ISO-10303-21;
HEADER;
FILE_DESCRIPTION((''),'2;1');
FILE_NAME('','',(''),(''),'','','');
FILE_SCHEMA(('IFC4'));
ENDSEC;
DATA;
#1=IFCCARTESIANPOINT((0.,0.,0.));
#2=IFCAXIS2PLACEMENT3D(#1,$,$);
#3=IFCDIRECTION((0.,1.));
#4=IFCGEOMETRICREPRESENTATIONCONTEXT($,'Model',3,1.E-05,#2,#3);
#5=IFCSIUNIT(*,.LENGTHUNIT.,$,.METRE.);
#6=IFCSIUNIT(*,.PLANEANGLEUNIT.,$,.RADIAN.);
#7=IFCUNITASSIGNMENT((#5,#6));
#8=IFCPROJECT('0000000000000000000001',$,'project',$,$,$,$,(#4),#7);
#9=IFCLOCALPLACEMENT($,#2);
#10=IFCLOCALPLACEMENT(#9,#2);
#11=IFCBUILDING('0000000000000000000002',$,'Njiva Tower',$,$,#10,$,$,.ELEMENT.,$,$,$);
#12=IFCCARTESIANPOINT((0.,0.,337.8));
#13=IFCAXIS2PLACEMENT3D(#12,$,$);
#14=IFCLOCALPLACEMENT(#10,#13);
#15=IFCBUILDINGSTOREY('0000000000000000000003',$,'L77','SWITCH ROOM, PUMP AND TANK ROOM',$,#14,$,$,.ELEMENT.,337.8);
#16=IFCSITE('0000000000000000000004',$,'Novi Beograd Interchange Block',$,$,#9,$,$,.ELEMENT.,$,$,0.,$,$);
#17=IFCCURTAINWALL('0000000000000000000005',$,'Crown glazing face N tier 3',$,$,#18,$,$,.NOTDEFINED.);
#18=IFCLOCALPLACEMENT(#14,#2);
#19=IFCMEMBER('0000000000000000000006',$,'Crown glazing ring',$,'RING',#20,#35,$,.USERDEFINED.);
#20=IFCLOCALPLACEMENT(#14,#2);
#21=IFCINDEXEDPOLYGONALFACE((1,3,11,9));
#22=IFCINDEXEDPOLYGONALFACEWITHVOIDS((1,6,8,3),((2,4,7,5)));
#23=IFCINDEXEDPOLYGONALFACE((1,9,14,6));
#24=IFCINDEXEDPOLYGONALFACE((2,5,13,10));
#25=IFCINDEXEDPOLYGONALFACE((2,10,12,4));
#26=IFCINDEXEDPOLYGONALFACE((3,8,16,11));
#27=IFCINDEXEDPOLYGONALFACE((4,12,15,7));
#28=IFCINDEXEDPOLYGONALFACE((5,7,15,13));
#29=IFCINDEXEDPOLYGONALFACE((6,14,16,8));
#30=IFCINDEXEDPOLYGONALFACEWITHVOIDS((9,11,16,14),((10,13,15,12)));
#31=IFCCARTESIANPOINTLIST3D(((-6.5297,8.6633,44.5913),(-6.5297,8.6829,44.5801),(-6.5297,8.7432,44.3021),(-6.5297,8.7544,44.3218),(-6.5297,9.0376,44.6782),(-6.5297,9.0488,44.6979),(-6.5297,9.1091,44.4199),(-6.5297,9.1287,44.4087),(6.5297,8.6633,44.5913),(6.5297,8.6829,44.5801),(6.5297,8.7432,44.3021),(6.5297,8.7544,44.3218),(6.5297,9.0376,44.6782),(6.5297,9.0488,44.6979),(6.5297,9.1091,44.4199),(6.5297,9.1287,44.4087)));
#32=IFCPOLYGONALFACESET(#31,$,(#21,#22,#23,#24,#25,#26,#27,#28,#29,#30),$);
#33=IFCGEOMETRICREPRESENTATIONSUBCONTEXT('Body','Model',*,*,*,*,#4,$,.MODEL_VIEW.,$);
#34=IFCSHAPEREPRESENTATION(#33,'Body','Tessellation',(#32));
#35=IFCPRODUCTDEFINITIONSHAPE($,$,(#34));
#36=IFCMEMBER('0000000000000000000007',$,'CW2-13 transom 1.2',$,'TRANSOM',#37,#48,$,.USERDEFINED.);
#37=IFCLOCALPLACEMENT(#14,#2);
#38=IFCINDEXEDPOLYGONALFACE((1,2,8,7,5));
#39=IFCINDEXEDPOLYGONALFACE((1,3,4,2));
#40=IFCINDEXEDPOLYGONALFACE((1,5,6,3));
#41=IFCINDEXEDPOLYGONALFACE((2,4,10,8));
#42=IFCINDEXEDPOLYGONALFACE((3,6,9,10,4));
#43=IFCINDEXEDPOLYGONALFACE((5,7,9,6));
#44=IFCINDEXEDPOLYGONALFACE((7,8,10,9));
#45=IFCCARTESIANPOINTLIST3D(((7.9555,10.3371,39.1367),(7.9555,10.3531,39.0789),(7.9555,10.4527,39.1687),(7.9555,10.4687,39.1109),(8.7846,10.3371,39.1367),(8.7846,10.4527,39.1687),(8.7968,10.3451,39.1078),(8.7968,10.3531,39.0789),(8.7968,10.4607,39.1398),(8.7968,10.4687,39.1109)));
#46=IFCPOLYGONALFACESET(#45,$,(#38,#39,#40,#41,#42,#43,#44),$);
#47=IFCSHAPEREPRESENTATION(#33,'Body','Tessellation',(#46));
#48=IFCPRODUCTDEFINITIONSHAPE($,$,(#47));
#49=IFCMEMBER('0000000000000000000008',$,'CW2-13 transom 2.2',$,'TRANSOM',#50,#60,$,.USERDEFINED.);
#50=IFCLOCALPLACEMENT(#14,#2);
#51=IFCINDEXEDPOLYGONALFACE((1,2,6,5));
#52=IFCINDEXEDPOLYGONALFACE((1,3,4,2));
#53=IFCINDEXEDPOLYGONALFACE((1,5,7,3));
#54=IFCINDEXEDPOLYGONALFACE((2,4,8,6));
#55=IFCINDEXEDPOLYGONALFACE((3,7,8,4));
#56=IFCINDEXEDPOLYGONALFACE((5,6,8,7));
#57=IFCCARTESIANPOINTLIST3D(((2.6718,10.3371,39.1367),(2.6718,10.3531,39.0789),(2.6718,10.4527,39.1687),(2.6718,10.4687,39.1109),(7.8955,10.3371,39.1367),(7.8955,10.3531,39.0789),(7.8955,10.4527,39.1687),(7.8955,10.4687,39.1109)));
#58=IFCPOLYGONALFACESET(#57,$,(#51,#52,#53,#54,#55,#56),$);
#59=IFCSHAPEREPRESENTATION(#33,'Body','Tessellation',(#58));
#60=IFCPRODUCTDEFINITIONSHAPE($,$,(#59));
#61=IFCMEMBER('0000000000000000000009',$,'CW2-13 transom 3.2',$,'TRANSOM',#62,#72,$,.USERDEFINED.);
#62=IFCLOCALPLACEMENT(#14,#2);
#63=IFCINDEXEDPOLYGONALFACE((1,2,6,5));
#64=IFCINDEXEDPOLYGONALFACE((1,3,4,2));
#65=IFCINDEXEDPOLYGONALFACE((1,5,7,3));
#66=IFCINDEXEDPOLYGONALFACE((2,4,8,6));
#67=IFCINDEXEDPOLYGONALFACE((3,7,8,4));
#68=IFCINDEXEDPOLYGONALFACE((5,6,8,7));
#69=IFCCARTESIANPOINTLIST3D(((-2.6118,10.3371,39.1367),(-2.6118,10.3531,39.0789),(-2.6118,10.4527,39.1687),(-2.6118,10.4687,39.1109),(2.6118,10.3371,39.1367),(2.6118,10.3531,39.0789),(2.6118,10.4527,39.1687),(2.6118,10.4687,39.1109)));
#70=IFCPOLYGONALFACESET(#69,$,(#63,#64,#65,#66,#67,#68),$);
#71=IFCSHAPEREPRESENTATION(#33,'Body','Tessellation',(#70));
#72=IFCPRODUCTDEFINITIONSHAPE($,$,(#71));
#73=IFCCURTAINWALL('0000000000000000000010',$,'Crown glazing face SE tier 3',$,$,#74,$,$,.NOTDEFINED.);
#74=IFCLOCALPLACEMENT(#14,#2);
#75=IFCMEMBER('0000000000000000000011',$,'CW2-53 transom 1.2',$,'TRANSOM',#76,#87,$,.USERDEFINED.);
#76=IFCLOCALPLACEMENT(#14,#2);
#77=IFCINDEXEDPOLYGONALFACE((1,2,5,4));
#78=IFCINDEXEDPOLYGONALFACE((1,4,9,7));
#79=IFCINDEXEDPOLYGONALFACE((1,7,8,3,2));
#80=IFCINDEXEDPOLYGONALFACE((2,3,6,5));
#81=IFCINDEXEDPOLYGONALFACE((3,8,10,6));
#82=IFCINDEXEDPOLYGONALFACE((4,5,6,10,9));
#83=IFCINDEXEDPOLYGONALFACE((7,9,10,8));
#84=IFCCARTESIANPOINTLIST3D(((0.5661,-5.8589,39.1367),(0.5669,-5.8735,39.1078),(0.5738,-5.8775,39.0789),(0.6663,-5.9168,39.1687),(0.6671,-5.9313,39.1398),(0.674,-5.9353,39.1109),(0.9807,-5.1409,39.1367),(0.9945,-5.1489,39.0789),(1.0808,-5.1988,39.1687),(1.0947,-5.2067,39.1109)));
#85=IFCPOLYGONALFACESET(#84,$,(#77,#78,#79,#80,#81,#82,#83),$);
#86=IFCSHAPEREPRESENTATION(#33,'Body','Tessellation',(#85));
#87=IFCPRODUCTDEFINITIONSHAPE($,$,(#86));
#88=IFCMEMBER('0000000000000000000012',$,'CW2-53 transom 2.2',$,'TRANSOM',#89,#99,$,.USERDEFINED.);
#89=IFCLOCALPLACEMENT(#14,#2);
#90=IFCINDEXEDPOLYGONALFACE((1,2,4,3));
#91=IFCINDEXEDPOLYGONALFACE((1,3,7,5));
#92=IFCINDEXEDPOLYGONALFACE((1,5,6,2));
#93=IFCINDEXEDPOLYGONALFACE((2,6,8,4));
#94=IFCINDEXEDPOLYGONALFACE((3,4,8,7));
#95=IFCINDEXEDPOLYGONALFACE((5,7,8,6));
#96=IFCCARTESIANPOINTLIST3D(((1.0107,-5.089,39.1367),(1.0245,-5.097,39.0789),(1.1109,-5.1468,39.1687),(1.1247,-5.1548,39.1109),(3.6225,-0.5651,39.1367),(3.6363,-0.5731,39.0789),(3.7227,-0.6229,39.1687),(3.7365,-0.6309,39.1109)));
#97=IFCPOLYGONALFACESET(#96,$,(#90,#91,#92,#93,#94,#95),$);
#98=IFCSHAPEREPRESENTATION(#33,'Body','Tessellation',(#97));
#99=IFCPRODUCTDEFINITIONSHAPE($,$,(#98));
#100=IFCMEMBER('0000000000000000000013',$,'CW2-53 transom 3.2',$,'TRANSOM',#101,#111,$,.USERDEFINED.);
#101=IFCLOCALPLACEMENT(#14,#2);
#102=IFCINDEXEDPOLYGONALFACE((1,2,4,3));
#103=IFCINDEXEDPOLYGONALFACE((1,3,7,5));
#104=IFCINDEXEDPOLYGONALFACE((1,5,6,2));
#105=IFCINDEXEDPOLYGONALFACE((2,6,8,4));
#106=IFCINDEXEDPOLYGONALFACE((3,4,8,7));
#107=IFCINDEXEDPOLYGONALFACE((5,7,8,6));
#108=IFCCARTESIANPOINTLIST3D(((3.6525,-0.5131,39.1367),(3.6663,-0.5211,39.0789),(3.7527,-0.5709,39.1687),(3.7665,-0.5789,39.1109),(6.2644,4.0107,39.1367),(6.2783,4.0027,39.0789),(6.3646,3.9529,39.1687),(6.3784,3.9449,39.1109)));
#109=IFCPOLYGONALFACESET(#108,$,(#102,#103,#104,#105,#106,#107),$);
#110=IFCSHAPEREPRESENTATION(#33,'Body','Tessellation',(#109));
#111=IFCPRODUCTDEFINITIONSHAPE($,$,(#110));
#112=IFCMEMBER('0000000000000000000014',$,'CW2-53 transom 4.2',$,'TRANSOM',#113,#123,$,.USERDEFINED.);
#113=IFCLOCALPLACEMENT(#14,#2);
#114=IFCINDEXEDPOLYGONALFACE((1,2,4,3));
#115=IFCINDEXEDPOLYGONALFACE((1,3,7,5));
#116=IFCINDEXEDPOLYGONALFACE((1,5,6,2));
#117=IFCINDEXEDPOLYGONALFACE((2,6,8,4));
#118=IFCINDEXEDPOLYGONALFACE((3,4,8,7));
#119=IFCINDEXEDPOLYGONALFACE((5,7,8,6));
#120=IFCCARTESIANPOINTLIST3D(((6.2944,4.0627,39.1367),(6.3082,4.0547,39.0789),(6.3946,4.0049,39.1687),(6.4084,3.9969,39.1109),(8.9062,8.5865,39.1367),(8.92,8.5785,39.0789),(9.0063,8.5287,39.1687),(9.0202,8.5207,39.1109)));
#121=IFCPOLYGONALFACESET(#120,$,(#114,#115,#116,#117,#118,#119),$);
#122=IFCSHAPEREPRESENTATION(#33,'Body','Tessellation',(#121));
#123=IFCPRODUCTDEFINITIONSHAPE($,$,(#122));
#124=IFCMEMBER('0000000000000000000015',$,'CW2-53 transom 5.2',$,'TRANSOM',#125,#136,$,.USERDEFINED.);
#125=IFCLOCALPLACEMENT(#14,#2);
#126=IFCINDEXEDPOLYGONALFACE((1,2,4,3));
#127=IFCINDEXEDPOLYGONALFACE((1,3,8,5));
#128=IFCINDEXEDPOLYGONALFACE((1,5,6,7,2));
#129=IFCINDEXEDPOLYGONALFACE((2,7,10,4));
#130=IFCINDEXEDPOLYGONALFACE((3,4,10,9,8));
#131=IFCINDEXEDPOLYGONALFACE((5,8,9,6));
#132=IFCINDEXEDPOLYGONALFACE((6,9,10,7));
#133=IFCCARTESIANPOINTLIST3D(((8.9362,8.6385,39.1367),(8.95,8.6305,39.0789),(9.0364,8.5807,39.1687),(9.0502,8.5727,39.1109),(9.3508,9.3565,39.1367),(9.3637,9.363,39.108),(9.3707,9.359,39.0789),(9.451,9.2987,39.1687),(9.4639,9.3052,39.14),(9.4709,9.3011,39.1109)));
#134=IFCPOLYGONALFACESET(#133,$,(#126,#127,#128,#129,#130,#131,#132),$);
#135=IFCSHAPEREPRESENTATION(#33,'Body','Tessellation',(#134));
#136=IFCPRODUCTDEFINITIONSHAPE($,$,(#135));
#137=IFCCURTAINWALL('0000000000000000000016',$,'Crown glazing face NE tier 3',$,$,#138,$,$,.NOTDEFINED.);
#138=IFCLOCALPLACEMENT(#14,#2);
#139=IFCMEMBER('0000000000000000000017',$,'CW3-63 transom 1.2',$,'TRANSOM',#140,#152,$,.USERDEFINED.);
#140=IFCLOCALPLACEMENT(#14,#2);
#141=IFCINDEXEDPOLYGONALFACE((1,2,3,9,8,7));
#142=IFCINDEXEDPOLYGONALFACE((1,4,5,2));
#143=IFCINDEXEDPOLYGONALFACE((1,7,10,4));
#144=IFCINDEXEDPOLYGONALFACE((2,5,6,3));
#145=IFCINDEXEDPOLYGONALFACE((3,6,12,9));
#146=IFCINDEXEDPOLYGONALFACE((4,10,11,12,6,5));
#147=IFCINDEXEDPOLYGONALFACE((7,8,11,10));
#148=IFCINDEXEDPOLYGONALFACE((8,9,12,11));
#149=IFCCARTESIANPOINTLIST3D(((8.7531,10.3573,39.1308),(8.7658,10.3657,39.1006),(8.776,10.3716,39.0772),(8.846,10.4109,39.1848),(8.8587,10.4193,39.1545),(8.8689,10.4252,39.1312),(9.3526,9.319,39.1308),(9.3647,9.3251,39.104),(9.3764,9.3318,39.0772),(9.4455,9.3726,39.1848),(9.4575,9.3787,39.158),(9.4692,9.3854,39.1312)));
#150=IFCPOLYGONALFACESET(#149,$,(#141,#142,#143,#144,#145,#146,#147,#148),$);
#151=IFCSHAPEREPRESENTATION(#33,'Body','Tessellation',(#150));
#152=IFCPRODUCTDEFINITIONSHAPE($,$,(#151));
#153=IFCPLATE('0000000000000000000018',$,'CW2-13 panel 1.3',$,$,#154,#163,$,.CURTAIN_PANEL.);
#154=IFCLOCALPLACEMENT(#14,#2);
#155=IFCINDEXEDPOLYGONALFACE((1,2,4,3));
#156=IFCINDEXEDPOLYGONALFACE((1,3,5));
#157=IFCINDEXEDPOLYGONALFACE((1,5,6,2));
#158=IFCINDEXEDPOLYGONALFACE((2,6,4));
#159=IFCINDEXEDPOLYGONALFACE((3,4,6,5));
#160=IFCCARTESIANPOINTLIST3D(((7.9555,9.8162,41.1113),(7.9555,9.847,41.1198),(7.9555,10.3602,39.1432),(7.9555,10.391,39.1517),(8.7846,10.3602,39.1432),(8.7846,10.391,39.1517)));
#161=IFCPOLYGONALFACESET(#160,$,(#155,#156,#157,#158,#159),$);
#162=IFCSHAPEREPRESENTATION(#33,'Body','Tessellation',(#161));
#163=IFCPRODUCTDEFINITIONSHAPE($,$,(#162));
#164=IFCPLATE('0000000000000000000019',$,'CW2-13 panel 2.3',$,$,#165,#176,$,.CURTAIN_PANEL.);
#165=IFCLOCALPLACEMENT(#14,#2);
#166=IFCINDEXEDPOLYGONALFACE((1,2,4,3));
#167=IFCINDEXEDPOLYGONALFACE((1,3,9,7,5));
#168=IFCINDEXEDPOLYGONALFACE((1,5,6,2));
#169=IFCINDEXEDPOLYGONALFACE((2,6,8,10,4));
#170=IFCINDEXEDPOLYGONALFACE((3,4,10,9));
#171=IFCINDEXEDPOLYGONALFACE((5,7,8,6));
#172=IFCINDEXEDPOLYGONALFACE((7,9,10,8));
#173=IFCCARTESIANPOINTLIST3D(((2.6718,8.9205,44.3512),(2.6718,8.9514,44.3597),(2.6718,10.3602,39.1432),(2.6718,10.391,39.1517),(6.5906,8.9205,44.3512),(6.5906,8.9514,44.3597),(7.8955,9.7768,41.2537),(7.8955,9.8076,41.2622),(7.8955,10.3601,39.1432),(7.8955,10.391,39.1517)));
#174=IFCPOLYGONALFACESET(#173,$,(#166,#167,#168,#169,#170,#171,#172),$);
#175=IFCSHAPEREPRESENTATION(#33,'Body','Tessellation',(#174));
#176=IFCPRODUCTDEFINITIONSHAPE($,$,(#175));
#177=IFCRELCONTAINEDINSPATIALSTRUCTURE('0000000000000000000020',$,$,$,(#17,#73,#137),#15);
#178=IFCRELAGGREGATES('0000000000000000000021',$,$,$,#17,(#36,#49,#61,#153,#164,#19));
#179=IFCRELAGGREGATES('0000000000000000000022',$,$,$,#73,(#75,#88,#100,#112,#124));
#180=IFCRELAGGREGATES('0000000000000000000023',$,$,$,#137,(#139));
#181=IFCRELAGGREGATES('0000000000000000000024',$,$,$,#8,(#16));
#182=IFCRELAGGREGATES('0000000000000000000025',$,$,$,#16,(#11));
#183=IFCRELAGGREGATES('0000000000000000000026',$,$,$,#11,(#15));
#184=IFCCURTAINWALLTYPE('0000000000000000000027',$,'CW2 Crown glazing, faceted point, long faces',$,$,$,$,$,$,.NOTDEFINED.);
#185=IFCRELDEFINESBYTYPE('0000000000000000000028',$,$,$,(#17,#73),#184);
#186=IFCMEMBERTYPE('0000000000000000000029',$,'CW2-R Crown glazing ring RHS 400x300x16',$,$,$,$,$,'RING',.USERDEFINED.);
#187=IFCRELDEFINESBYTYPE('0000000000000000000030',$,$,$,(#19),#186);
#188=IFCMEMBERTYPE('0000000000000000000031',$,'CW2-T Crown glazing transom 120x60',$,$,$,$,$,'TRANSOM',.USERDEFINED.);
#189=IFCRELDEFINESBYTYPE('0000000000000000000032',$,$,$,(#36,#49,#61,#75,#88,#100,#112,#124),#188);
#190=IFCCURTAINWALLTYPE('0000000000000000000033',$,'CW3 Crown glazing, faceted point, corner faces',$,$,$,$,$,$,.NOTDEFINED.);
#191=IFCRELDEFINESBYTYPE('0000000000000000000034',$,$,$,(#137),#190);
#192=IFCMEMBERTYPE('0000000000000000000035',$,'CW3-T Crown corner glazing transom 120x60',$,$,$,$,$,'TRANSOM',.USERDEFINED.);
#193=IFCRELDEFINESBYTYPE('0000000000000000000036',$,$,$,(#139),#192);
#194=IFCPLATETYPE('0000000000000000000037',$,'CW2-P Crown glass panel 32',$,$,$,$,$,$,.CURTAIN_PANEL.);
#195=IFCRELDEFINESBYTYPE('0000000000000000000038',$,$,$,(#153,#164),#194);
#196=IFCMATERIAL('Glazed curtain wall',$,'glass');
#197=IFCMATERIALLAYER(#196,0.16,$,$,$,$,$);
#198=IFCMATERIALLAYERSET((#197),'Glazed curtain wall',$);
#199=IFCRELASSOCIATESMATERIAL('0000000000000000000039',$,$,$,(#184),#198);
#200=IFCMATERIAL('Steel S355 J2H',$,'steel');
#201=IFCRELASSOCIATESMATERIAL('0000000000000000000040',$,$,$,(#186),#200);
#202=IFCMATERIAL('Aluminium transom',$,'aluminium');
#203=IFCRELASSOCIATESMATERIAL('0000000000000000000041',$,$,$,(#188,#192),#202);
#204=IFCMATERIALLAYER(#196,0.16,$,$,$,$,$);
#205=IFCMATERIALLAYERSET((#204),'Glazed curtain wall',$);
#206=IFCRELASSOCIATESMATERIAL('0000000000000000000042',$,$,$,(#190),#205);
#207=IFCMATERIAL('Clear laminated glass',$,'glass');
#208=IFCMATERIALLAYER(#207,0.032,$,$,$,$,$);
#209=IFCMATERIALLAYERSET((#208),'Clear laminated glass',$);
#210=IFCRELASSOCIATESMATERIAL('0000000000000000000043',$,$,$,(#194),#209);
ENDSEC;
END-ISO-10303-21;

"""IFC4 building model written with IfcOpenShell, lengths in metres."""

from ifc_helpers import new_model, si_unit, direction, frame, origin, origin_2d, place, context, subcontext, project, spatial, polyline, rectangle, hollow_rectangle, outline, extrude, clip, halfspace, material, layer, layer_set, material_profile, profile_set, type_object, element, aggregate, save


model = new_model("IFC4")

# Units and contexts
model_context = context("Model", 3, precision=1e-05, world=origin(), true_north=direction((0.0, 1.0)))
body_context = subcontext(model_context, "Body", "Model", "MODEL_VIEW")
ifc_project = project(units=[si_unit("LENGTHUNIT", "METRE"), si_unit("PLANEANGLEUNIT", "RADIAN")], contexts=[model_context])

# Site, building, storey
site_placement = place(None, origin())
site = spatial("IfcSite", under=ifc_project, at=site_placement, Name="Novi Beograd Interchange Block", CompositionType="ELEMENT", RefElevation=0.0)
building_placement = place(site_placement, origin())
building = spatial("IfcBuilding", under=site, at=building_placement, Name="Njiva Tower", CompositionType="ELEMENT")
storey_placement = place(building_placement, frame((0.0, 0.0, 337.8)))
storey = spatial("IfcBuildingStorey", under=building, at=storey_placement, Name="L77", Description="SWITCH ROOM, PUMP AND TANK ROOM", CompositionType="ELEMENT", Elevation=337.8)

# Curtain walls, members
ifc_material_1 = material(Name="Glazed curtain wall", Category="glass")
ifc_layer_1 = layer(ifc_material_1, 0.16)
ifc_layer_set_1 = layer_set([ifc_layer_1], Name="Glazed curtain wall")
curtain_wall_type_1 = type_object("IfcCurtainWallType", Name="CW2 Crown glazing, faceted point, long faces", PredefinedType="NOTDEFINED", material=ifc_layer_set_1)
curtain_wall_1_placement = place(storey_placement, origin())
curtain_wall_1 = element("IfcCurtainWall", 1, at=curtain_wall_1_placement, inside=storey, type_object=curtain_wall_type_1, Name="Crown glazing face N tier 3", PredefinedType="NOTDEFINED")
ifc_material_2 = material(Name="Steel S355 J2H", Category="steel")
ifc_material_profile_1 = material_profile(ifc_material_2, hollow_rectangle(XDim=0.3, YDim=0.4, WallThickness=0.016, at=origin_2d()), Name="BOX 400x300x16")
ifc_profile_set_1 = profile_set([ifc_material_profile_1], Name="Steel S355 J2H")
member_type_1 = type_object("IfcMemberType", Name="CW2-R Crown glazing ring RHS 400x300x16", ElementType="RING", PredefinedType="USERDEFINED", material=ifc_profile_set_1)
member_1_placement = place(storey_placement, frame((6.5297, 8.896, 44.5), z_axis=(-1.0, 0.0, 0.0), x_axis=(0.0, -0.266428, 0.963855)))
member_1 = element("IfcMember", 2, at=member_1_placement, type_object=member_type_1, Name="Crown glazing ring", ObjectType="RING", PredefinedType="USERDEFINED", context=body_context, shape_type="SweptSolid", body=[
    extrude(hollow_rectangle(XDim=0.3, YDim=0.4, WallThickness=0.016, at=origin_2d()), origin(), (0.0, 0.0, 1.0), 13.0594),
])
ifc_material_3 = material(Name="Aluminium transom", Category="aluminium")
ifc_material_profile_2 = material_profile(ifc_material_3, rectangle(XDim=0.12, YDim=0.06, at=origin_2d()), Name="RECT 120x60")
ifc_profile_set_2 = profile_set([ifc_material_profile_2], Name="Aluminium transom")
member_type_2 = type_object("IfcMemberType", Name="CW2-T Crown glazing transom 120x60", ElementType="TRANSOM", PredefinedType="USERDEFINED", material=ifc_profile_set_2)
member_2_placement = place(storey_placement, frame((8.7968, 10.4029, 39.1238), z_axis=(-1.0, 0.0, 0.0), x_axis=(0.0, 0.963855, 0.266428)))
member_2 = element("IfcMember", 3, at=member_2_placement, type_object=member_type_2, Name="CW2-13 transom 1.2", ObjectType="TRANSOM", PredefinedType="USERDEFINED", context=body_context, shape_type="Clipping", body=[
    clip(extrude(rectangle(XDim=0.12, YDim=0.06, at=origin_2d()), origin(), (0.0, 0.0, 1.0), 0.8413), halfspace(frame((0.06, 0.0, 0.0), z_axis=(0.0, -0.376215, -0.926532), x_axis=(0.0, -0.926532, 0.376215)), False)),
])
member_3_placement = place(storey_placement, frame((7.8955, 10.4029, 39.1238), z_axis=(-1.0, 0.0, 0.0), x_axis=(0.0, 0.963855, 0.266428)))
member_3 = element("IfcMember", 4, at=member_3_placement, type_object=member_type_2, Name="CW2-13 transom 2.2", ObjectType="TRANSOM", PredefinedType="USERDEFINED", context=body_context, shape_type="SweptSolid", body=[
    extrude(rectangle(XDim=0.12, YDim=0.06, at=origin_2d()), origin(), (0.0, 0.0, 1.0), 5.2237),
])
member_4_placement = place(storey_placement, frame((2.6118, 10.4029, 39.1238), z_axis=(-1.0, 0.0, 0.0), x_axis=(0.0, 0.963855, 0.266428)))
member_4 = element("IfcMember", 5, at=member_4_placement, type_object=member_type_2, Name="CW2-13 transom 3.2", ObjectType="TRANSOM", PredefinedType="USERDEFINED", context=body_context, shape_type="SweptSolid", body=[
    extrude(rectangle(XDim=0.12, YDim=0.06, at=origin_2d()), origin(), (0.0, 0.0, 1.0), 5.2236),
])
curtain_wall_2_placement = place(storey_placement, origin())
curtain_wall_2 = element("IfcCurtainWall", 6, at=curtain_wall_2_placement, inside=storey, type_object=curtain_wall_type_1, Name="Crown glazing face SE tier 3", PredefinedType="NOTDEFINED")
member_5_placement = place(storey_placement, frame((0.617, -5.9024, 39.1238), z_axis=(0.500038, 0.866003, 0.0), x_axis=(0.834702, -0.481964, 0.266428)))
member_5 = element("IfcMember", 7, at=member_5_placement, type_object=member_type_2, Name="CW2-53 transom 1.2", ObjectType="TRANSOM", PredefinedType="USERDEFINED", context=body_context, shape_type="Clipping", body=[
    clip(extrude(rectangle(XDim=0.12, YDim=0.06, at=origin_2d()), origin(), (0.0, 0.0, 1.0), 0.8413), halfspace(frame((0.06, 0.0, 0.0), z_axis=(0.000039, -0.376204, -0.926537), x_axis=(0.0, -0.926537, 0.376204)), False)),
])
member_6_placement = place(storey_placement, frame((1.0677, -5.1219, 39.1238), z_axis=(0.499989, 0.866032, 0.0), x_axis=(0.834729, -0.481917, 0.266428)))
member_6 = element("IfcMember", 8, at=member_6_placement, type_object=member_type_2, Name="CW2-53 transom 2.2", ObjectType="TRANSOM", PredefinedType="USERDEFINED", context=body_context, shape_type="SweptSolid", body=[
    extrude(rectangle(XDim=0.12, YDim=0.06, at=origin_2d()), origin(), (0.0, 0.0, 1.0), 5.2237),
])
member_7_placement = place(storey_placement, frame((3.7095, -0.546, 39.1238), z_axis=(0.500012, 0.866019, 0.0), x_axis=(0.834716, -0.481939, 0.266428)))
member_7 = element("IfcMember", 9, at=member_7_placement, type_object=member_type_2, Name="CW2-53 transom 3.2", ObjectType="TRANSOM", PredefinedType="USERDEFINED", context=body_context, shape_type="SweptSolid", body=[
    extrude(rectangle(XDim=0.12, YDim=0.06, at=origin_2d()), origin(), (0.0, 0.0, 1.0), 5.2237),
])
member_8_placement = place(storey_placement, frame((6.3514, 4.0298, 39.1238), z_axis=(0.499998, 0.866027, 0.0), x_axis=(0.834724, -0.481925, 0.266428)))
member_8 = element("IfcMember", 10, at=member_8_placement, type_object=member_type_2, Name="CW2-53 transom 4.2", ObjectType="TRANSOM", PredefinedType="USERDEFINED", context=body_context, shape_type="SweptSolid", body=[
    extrude(rectangle(XDim=0.12, YDim=0.06, at=origin_2d()), origin(), (0.0, 0.0, 1.0), 5.2236),
])
member_9_placement = place(storey_placement, frame((8.9932, 8.6056, 39.1238), z_axis=(0.500089, 0.865974, 0.0), x_axis=(0.834673, -0.482014, 0.266428)))
member_9 = element("IfcMember", 11, at=member_9_placement, type_object=member_type_2, Name="CW2-53 transom 5.2", ObjectType="TRANSOM", PredefinedType="USERDEFINED", context=body_context, shape_type="Clipping", body=[
    clip(extrude(rectangle(XDim=0.12, YDim=0.06, at=origin_2d()), origin(), (0.0, 0.0, 1.0), 0.8412), halfspace(frame((0.0599, 0.0, 0.8413), z_axis=(-0.000092, -0.37624, 0.926522), x_axis=(0.0, 0.926522, 0.37624)), False)),
])

# Curtain wall, member
ifc_layer_2 = layer(ifc_material_1, 0.16)
ifc_layer_set_2 = layer_set([ifc_layer_2], Name="Glazed curtain wall")
curtain_wall_type_2 = type_object("IfcCurtainWallType", Name="CW3 Crown glazing, faceted point, corner faces", PredefinedType="NOTDEFINED", material=ifc_layer_set_2)
curtain_wall_3_placement = place(storey_placement, origin())
curtain_wall_3 = element("IfcCurtainWall", 12, at=curtain_wall_3_placement, inside=storey, type_object=curtain_wall_type_2, Name="Crown glazing face NE tier 3", PredefinedType="NOTDEFINED")
ifc_material_profile_3 = material_profile(ifc_material_3, rectangle(XDim=0.12, YDim=0.06, at=origin_2d()), Name="RECT 120x60")
ifc_profile_set_3 = profile_set([ifc_material_profile_3], Name="Aluminium transom")
member_type_3 = type_object("IfcMemberType", Name="CW3-T Crown corner glazing transom 120x60", ElementType="TRANSOM", PredefinedType="USERDEFINED", material=ifc_profile_set_3)
member_10_placement = place(storey_placement, frame((9.4111, 9.3519, 39.131), z_axis=(-0.500018, 0.866015, 0.0), x_axis=(0.773643, 0.446685, 0.449387)))
member_10 = element("IfcMember", 13, at=member_10_placement, type_object=member_type_3, Name="CW3-63 transom 1.2", ObjectType="TRANSOM", PredefinedType="USERDEFINED", context=body_context, shape_type="Clipping", body=[
    clip(clip(extrude(rectangle(XDim=0.12, YDim=0.06, at=origin_2d()), origin(), (0.0, 0.0, 1.0), 1.2006), halfspace(frame((0.06, 0.0, 0.0), z_axis=(-0.000019, -0.025684, -0.99967), x_axis=(0.0, -0.99967, 0.025684)), False)), halfspace(frame((0.06, 0.0, 1.2005), z_axis=(0.000019, -0.025666, 0.999671), x_axis=(0.0, 0.999671, 0.025666)), False)),
])

# Plates
ifc_material_4 = material(Name="Clear laminated glass", Category="glass")
ifc_layer_3 = layer(ifc_material_4, 0.032)
ifc_layer_set_3 = layer_set([ifc_layer_3], Name="Clear laminated glass")
plate_type_1 = type_object("IfcPlateType", Name="CW2-P Crown glass panel 32", PredefinedType="CURTAIN_PANEL", material=ifc_layer_set_3)
plate_1_placement = place(storey_placement, frame((8.7846, 10.391, 39.1517), z_axis=(0.0, 0.963857, 0.266419), x_axis=(-1.0, 0.0, 0.0)))
plate_1 = element("IfcPlate", 14, at=plate_1_placement, type_object=plate_type_1, Name="CW2-13 panel 1.3", PredefinedType="CURTAIN_PANEL", context=body_context, shape_type="SweptSolid", body=[
    extrude(outline(polyline([(0.0, 0.0), (0.8291, 0.0), (0.8291, 2.0419), (0.0, 0.0)])), origin(), (0.0, 0.0, -1.0), 0.032),
])
plate_2_placement = place(storey_placement, frame((7.8955, 9.8076, 41.2622), z_axis=(0.000001, 0.963854, 0.26643), x_axis=(0.0, 0.26643, -0.963854)))
plate_2 = element("IfcPlate", 15, at=plate_2_placement, type_object=plate_type_1, Name="CW2-13 panel 2.3", PredefinedType="CURTAIN_PANEL", context=body_context, shape_type="SweptSolid", body=[
    extrude(outline(polyline([(0.0, 0.0), (2.1896, 0.0), (2.1896, 5.2237), (-3.2137, 5.2237), (-3.2137, 1.3049), (0.0, 0.0)])), origin(), (0.0, 0.0, -1.0), 0.032),
])
aggregate(curtain_wall_1, [member_2, member_3, member_4, plate_1, plate_2, member_1])

aggregate(curtain_wall_2, [member_5, member_6, member_7, member_8, member_9])

aggregate(curtain_wall_3, [member_10])

save(model, "model.ifc")
